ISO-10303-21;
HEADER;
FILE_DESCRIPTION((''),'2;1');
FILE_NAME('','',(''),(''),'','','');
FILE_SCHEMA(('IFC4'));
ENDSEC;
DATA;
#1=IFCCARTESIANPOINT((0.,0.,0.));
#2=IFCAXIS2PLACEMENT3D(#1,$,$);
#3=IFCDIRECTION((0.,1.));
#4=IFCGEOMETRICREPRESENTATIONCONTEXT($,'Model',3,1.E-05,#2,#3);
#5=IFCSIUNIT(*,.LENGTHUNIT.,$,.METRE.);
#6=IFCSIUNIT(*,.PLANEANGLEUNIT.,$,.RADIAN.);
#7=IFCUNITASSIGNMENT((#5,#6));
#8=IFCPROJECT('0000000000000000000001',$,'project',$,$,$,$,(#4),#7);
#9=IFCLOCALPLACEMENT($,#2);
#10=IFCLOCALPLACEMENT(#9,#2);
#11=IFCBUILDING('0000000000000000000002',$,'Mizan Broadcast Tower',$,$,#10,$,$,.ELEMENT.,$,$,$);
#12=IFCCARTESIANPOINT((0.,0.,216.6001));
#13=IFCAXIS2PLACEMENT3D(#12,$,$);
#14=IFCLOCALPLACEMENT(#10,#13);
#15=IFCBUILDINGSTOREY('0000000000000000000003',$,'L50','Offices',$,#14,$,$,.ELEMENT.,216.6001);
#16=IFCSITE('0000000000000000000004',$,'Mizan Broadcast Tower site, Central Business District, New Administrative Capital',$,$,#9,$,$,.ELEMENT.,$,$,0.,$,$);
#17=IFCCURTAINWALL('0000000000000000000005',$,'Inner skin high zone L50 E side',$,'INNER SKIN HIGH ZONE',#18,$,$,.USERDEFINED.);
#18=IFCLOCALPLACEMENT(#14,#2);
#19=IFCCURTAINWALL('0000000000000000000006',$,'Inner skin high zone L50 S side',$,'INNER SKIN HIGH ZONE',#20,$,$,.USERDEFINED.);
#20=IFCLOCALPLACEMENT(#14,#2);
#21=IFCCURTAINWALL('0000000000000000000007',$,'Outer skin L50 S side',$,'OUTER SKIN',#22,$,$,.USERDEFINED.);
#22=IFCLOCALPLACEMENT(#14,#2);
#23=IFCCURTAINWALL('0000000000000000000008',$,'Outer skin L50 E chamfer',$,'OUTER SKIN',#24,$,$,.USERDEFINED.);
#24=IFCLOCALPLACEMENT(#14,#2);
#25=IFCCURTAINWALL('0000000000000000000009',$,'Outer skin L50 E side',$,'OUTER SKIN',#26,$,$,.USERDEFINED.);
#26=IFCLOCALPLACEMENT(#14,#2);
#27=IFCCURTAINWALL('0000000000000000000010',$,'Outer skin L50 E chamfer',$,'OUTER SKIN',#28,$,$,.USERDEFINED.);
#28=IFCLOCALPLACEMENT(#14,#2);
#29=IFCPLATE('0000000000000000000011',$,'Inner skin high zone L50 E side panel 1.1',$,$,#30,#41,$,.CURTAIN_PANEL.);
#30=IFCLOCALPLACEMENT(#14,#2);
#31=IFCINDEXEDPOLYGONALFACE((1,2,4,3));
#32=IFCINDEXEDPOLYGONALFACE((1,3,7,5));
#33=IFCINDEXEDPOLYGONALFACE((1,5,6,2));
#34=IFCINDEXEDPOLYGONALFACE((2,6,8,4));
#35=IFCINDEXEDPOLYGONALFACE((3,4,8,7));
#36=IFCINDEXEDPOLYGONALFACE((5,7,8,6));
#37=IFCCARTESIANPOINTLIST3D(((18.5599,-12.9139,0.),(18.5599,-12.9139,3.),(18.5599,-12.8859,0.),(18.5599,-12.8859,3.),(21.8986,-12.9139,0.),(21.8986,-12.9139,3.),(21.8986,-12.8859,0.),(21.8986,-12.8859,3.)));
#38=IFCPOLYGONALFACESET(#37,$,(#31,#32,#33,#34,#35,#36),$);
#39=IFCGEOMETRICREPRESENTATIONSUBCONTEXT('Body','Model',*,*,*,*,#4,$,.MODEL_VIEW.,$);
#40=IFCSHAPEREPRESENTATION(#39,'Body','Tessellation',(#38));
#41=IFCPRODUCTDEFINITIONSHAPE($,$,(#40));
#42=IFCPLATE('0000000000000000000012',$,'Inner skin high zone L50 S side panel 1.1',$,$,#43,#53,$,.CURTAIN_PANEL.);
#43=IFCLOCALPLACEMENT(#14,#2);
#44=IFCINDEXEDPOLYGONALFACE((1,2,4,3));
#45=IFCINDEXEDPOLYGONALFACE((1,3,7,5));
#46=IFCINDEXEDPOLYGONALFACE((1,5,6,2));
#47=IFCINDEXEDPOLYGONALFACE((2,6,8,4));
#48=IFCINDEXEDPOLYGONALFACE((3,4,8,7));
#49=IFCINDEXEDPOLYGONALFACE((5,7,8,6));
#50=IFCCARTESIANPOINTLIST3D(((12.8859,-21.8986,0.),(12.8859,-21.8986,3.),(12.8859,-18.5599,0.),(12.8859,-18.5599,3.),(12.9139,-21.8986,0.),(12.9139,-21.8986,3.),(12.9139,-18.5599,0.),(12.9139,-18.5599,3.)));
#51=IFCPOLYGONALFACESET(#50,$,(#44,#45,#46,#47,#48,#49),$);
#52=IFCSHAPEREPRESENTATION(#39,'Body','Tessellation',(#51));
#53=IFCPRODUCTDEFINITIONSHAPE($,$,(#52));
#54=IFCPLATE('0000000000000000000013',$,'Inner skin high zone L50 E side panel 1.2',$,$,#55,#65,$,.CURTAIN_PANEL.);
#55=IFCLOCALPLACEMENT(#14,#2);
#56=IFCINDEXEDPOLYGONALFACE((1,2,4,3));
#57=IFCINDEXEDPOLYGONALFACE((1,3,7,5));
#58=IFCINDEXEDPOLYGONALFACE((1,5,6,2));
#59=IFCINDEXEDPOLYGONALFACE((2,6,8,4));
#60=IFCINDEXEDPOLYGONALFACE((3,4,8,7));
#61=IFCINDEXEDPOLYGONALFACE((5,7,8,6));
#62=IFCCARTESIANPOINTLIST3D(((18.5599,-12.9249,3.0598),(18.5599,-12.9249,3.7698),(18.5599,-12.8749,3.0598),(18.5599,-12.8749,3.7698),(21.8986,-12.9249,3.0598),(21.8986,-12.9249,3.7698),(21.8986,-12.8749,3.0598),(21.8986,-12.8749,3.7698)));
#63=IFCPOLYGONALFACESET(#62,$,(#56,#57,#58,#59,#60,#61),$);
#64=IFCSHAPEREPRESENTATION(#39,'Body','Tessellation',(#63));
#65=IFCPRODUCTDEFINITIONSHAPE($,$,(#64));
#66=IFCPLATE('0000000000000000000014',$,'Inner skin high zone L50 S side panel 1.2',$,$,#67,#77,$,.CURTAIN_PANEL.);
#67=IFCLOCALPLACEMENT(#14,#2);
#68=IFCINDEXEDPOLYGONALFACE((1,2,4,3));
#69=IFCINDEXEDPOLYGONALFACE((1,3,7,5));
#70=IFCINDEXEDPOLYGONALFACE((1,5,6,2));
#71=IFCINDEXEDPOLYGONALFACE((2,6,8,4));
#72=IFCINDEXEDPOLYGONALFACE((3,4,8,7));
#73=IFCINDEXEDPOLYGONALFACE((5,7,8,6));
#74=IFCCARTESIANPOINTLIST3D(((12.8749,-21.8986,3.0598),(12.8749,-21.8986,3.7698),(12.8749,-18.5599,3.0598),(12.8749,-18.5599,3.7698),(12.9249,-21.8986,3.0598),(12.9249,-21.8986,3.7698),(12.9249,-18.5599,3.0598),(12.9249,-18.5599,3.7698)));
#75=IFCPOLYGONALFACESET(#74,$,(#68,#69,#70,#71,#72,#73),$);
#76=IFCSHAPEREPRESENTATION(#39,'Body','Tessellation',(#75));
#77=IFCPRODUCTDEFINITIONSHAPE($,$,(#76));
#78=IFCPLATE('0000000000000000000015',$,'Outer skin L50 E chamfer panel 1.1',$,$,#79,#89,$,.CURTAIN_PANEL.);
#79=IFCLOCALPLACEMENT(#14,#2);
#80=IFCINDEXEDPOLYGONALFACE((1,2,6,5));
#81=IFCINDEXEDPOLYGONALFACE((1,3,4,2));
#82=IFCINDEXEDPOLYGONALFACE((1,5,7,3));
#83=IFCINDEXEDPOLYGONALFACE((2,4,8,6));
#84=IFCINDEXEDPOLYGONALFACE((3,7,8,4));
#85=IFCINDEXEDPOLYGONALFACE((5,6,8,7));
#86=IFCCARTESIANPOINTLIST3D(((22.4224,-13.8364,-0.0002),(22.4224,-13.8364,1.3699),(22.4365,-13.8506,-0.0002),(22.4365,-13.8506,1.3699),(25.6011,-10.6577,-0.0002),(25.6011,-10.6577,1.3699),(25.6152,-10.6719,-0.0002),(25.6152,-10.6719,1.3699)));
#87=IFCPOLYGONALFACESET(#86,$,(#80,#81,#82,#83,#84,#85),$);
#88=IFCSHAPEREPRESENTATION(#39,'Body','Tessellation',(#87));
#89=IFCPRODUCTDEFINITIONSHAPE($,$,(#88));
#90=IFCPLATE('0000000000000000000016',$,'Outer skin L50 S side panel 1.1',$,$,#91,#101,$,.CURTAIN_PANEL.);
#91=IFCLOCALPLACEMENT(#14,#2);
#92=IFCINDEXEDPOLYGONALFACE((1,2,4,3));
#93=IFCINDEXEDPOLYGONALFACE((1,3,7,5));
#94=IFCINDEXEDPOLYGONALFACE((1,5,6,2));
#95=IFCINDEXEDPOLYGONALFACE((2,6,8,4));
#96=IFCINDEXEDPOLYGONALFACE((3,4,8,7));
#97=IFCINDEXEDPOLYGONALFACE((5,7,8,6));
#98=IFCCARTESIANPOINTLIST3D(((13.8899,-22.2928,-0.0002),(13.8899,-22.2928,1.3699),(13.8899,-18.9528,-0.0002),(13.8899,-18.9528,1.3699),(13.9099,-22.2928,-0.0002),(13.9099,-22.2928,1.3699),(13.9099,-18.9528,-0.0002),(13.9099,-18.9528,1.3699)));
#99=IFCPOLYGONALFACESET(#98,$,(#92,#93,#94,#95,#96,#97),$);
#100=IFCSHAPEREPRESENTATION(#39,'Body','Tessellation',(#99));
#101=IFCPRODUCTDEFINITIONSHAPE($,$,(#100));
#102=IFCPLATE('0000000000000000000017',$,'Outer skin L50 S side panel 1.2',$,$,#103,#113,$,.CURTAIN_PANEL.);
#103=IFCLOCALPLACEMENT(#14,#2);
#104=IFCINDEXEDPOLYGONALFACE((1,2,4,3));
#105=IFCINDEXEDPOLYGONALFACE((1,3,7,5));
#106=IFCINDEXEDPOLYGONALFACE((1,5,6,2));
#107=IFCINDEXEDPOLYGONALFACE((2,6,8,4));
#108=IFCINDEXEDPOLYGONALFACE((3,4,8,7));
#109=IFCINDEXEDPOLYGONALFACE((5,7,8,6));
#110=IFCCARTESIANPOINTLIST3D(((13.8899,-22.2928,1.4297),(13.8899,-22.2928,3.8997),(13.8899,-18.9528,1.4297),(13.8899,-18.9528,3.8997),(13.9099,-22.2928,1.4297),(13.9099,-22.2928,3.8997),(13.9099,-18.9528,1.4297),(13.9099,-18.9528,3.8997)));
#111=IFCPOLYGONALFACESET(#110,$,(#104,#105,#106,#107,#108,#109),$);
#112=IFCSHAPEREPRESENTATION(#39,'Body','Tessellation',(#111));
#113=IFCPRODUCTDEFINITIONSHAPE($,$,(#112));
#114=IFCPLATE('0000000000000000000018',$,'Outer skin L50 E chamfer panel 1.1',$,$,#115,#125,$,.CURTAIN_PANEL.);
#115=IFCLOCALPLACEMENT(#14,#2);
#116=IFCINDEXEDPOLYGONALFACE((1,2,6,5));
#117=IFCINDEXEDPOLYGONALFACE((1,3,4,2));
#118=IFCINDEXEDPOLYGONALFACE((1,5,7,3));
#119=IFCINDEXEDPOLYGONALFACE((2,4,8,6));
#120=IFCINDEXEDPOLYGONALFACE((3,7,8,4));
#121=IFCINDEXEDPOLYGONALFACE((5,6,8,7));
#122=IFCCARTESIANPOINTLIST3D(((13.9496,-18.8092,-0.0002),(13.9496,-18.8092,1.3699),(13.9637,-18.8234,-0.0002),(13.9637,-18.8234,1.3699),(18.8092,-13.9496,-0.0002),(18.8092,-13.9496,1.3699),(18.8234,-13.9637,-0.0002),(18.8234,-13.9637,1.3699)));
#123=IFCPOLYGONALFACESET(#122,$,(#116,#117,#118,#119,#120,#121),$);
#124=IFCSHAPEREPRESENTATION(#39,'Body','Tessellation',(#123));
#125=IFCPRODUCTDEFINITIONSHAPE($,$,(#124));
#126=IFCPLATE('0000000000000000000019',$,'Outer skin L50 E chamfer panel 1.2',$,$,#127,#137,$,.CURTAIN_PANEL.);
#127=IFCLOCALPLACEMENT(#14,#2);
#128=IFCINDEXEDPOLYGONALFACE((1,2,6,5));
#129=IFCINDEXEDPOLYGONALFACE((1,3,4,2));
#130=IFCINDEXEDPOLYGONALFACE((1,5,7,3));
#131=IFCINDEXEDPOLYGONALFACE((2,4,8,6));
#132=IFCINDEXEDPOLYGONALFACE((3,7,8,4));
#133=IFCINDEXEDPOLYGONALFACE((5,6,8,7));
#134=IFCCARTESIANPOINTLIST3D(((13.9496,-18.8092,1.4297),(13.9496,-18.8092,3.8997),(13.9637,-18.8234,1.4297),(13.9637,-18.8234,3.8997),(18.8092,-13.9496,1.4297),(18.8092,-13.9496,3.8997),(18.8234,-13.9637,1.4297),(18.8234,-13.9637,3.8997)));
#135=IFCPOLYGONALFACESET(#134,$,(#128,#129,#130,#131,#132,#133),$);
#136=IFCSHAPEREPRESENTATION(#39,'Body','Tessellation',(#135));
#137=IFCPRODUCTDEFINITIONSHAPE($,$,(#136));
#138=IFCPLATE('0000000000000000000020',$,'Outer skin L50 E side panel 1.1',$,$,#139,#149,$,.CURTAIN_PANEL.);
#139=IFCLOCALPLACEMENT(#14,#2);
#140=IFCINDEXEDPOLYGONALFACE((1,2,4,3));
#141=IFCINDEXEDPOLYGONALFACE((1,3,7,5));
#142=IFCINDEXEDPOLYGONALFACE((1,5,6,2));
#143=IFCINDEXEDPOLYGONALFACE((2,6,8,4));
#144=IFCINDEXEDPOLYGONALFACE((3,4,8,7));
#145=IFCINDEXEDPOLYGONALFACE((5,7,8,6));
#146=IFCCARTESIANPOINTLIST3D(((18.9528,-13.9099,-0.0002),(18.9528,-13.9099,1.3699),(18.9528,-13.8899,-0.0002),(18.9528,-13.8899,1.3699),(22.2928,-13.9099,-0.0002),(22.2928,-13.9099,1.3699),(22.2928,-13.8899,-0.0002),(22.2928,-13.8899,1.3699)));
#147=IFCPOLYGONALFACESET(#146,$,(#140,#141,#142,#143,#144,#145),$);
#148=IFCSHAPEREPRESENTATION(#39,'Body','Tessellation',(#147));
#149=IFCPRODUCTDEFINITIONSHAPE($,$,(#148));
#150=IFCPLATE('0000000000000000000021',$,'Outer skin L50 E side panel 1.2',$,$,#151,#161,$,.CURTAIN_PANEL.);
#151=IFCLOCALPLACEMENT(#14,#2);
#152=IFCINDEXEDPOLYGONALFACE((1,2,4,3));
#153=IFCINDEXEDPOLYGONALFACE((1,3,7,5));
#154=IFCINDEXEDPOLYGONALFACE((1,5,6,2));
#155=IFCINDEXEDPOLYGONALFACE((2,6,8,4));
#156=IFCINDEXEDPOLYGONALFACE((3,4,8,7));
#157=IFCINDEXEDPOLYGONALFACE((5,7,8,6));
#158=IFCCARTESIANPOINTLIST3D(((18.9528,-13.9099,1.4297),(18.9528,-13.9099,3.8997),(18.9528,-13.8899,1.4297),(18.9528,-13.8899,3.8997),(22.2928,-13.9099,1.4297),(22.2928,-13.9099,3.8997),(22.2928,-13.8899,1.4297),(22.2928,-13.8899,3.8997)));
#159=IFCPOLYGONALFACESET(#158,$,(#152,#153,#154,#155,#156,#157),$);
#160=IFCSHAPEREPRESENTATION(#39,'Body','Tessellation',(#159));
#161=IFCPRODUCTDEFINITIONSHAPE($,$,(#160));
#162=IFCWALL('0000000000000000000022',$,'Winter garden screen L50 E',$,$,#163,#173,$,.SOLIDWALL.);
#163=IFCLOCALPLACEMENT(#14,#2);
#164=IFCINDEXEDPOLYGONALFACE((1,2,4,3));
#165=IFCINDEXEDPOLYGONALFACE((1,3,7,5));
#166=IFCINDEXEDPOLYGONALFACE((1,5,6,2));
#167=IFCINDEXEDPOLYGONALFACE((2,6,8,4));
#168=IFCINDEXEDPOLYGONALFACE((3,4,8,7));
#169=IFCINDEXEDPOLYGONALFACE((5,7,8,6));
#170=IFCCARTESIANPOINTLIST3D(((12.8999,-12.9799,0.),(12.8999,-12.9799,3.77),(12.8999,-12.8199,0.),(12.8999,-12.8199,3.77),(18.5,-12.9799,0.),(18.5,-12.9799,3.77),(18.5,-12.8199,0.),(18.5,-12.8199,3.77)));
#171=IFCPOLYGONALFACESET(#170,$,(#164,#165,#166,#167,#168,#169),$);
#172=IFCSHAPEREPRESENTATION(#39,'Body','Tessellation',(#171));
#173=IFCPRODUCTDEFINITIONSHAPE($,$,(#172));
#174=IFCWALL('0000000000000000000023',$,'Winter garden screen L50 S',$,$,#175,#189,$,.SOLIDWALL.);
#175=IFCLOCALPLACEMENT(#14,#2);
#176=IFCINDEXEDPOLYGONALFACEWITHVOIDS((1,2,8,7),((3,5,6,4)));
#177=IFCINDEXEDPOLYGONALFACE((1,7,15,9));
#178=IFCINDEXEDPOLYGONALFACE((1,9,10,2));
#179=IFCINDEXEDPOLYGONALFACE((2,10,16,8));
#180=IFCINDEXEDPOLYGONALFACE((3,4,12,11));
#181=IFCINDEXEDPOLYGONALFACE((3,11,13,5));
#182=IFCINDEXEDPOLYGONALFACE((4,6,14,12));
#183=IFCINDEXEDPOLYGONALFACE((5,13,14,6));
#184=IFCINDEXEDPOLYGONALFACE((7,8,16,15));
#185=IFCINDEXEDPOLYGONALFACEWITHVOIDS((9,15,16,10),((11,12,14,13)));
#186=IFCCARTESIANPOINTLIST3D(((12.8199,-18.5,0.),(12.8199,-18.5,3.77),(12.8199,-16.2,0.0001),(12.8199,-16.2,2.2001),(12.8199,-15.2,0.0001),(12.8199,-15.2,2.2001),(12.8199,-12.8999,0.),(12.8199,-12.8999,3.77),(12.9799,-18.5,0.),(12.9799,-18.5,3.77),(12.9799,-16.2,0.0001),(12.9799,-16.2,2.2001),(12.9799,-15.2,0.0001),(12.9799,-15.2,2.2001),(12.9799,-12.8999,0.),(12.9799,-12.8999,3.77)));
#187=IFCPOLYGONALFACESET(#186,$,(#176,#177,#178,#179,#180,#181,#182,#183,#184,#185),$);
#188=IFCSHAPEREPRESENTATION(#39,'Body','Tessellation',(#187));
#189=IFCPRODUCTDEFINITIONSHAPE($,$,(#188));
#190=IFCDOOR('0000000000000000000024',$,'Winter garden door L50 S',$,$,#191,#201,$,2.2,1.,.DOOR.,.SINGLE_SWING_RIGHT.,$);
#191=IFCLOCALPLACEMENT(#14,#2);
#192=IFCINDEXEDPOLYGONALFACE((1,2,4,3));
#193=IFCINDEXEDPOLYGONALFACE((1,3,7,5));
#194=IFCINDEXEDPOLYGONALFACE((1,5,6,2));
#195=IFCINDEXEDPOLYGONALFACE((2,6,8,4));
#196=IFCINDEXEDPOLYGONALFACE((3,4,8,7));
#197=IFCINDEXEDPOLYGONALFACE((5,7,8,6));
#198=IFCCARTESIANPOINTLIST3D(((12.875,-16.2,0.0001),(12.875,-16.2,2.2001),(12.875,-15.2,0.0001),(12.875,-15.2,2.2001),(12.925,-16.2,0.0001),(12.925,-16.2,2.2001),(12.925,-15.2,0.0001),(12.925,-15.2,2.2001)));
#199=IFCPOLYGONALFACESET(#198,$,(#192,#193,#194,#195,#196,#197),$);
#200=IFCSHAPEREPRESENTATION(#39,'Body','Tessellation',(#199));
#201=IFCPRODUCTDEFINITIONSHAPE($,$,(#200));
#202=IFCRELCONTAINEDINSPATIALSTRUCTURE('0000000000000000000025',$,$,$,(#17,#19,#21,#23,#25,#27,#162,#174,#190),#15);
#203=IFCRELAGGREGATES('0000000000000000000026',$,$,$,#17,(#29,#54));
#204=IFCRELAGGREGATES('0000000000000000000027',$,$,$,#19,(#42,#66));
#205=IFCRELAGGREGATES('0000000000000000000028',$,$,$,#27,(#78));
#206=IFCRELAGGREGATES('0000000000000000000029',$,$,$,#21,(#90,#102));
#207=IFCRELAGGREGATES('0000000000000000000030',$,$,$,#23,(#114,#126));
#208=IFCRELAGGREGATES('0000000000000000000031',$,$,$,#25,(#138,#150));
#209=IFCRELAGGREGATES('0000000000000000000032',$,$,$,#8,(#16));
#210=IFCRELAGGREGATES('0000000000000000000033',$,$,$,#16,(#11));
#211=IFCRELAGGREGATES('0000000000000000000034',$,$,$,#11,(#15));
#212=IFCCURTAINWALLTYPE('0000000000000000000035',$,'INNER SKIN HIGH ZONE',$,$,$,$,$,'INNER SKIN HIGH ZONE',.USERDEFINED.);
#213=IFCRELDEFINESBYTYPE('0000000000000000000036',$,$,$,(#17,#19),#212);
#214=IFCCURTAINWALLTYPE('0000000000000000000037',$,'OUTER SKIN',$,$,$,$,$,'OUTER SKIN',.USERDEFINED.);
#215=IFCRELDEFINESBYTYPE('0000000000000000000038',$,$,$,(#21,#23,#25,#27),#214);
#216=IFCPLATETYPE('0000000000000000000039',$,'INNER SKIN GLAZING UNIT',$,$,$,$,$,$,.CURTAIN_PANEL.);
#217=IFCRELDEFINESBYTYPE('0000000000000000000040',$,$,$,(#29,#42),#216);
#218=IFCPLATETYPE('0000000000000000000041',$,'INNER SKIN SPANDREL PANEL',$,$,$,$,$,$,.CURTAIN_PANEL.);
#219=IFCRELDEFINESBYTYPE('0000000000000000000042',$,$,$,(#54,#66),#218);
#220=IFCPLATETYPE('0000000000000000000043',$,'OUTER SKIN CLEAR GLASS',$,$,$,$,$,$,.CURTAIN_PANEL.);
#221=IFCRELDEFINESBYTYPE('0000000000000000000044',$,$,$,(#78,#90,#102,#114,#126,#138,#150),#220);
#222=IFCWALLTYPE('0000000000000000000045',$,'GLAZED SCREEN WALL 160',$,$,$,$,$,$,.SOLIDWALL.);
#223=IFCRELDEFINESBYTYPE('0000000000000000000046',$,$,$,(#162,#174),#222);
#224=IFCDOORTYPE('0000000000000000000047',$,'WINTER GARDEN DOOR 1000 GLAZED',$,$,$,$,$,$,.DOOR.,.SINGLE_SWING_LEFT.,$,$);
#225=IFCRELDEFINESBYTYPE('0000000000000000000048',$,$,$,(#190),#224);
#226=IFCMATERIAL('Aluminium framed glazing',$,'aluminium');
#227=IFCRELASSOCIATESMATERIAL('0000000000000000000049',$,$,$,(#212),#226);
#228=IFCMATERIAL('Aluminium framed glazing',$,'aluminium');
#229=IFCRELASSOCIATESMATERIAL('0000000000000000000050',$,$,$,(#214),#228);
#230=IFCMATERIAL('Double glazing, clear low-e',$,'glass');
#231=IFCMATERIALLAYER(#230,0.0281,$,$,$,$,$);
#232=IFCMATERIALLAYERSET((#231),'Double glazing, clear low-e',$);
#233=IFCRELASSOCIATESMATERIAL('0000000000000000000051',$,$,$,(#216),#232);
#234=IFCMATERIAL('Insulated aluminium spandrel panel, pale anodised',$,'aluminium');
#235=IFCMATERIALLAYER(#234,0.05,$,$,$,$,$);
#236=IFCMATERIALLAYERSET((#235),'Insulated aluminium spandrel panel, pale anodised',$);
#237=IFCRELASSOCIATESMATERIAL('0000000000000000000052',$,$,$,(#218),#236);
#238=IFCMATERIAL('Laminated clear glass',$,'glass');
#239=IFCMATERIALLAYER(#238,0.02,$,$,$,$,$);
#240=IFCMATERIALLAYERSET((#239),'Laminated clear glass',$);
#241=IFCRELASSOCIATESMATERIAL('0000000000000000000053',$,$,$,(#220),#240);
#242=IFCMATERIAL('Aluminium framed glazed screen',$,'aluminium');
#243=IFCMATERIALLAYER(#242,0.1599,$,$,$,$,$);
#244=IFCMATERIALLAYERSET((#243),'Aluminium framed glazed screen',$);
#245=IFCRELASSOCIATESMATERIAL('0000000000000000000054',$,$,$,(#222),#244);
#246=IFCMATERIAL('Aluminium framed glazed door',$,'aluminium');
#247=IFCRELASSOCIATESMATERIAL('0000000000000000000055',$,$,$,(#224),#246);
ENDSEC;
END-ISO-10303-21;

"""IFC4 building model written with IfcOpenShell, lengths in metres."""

from ifc_helpers import new_model, si_unit, direction, frame, frame_2d, origin, origin_2d, place, context, subcontext, project, spatial, rectangle, extrude, material, layer, layer_set, type_object, element, fill, aggregate, save


model = new_model("IFC4")

# Units and contexts
model_context = context("Model", 3, precision=1e-05, world=origin(), true_north=direction((0.0, 1.0)))
body_context = subcontext(model_context, "Body", "Model", "MODEL_VIEW")
ifc_project = project(units=[si_unit("LENGTHUNIT", "METRE"), si_unit("PLANEANGLEUNIT", "RADIAN")], contexts=[model_context])

# Site, building, storey
site_placement = place(None, origin())
site = spatial("IfcSite", under=ifc_project, at=site_placement, Name="Mizan Broadcast Tower site, Central Business District, New Administrative Capital", CompositionType="ELEMENT", RefElevation=0.0)
building_placement = place(site_placement, origin())
building = spatial("IfcBuilding", under=site, at=building_placement, Name="Mizan Broadcast Tower", CompositionType="ELEMENT")
storey_placement = place(building_placement, frame((0.0, 0.0, 216.6001)))
storey = spatial("IfcBuildingStorey", under=building, at=storey_placement, Name="L50", Description="Offices", CompositionType="ELEMENT", Elevation=216.6001)

# Curtain walls
ifc_material_1 = material(Name="Aluminium framed glazing", Category="aluminium")
curtain_wall_type_1 = type_object("IfcCurtainWallType", Name="INNER SKIN HIGH ZONE", ElementType="INNER SKIN HIGH ZONE", PredefinedType="USERDEFINED", material=ifc_material_1)
curtain_wall_1_placement = place(storey_placement, origin())
curtain_wall_1 = element("IfcCurtainWall", 1, at=curtain_wall_1_placement, inside=storey, type_object=curtain_wall_type_1, Name="Inner skin high zone L50 E side", ObjectType="INNER SKIN HIGH ZONE", PredefinedType="USERDEFINED")
curtain_wall_2_placement = place(storey_placement, origin())
curtain_wall_2 = element("IfcCurtainWall", 2, at=curtain_wall_2_placement, inside=storey, type_object=curtain_wall_type_1, Name="Inner skin high zone L50 S side", ObjectType="INNER SKIN HIGH ZONE", PredefinedType="USERDEFINED")

# Curtain walls
ifc_material_2 = material(Name="Aluminium framed glazing", Category="aluminium")
curtain_wall_type_2 = type_object("IfcCurtainWallType", Name="OUTER SKIN", ElementType="OUTER SKIN", PredefinedType="USERDEFINED", material=ifc_material_2)
curtain_wall_3_placement = place(storey_placement, origin())
curtain_wall_3 = element("IfcCurtainWall", 3, at=curtain_wall_3_placement, inside=storey, type_object=curtain_wall_type_2, Name="Outer skin L50 S side", ObjectType="OUTER SKIN", PredefinedType="USERDEFINED")
curtain_wall_4_placement = place(storey_placement, origin())
curtain_wall_4 = element("IfcCurtainWall", 4, at=curtain_wall_4_placement, inside=storey, type_object=curtain_wall_type_2, Name="Outer skin L50 E chamfer", ObjectType="OUTER SKIN", PredefinedType="USERDEFINED")
curtain_wall_5_placement = place(storey_placement, origin())
curtain_wall_5 = element("IfcCurtainWall", 5, at=curtain_wall_5_placement, inside=storey, type_object=curtain_wall_type_2, Name="Outer skin L50 E side", ObjectType="OUTER SKIN", PredefinedType="USERDEFINED")
curtain_wall_6_placement = place(storey_placement, origin())
curtain_wall_6 = element("IfcCurtainWall", 6, at=curtain_wall_6_placement, inside=storey, type_object=curtain_wall_type_2, Name="Outer skin L50 E chamfer", ObjectType="OUTER SKIN", PredefinedType="USERDEFINED")

# Plates
ifc_material_3 = material(Name="Double glazing, clear low-e", Category="glass")
ifc_layer_1 = layer(ifc_material_3, 0.0281)
ifc_layer_set_1 = layer_set([ifc_layer_1], Name="Double glazing, clear low-e")
plate_type_1 = type_object("IfcPlateType", Name="INNER SKIN GLAZING UNIT", PredefinedType="CURTAIN_PANEL", material=ifc_layer_set_1)
plate_1_placement = place(storey_placement, frame((20.2292, -12.8999, 0.0), z_axis=(0.0, 0.0, 1.0), x_axis=(1.0, 0.0, 0.0)))
plate_1 = element("IfcPlate", 7, at=plate_1_placement, type_object=plate_type_1, Name="Inner skin high zone L50 E side panel 1.1", PredefinedType="CURTAIN_PANEL", context=body_context, shape_type="SweptSolid", body=[
    extrude(rectangle(XDim=3.3386, YDim=0.0281, at=origin_2d()), origin(), (0.0, 0.0, 1.0), 3.0),
])
plate_2_placement = place(storey_placement, frame((12.8999, -20.2292, 0.0), z_axis=(0.0, 0.0, 1.0), x_axis=(0.0, 1.0, 0.0)))
plate_2 = element("IfcPlate", 8, at=plate_2_placement, type_object=plate_type_1, Name="Inner skin high zone L50 S side panel 1.1", PredefinedType="CURTAIN_PANEL", context=body_context, shape_type="SweptSolid", body=[
    extrude(rectangle(XDim=3.3386, YDim=0.0281, at=origin_2d()), origin(), (0.0, 0.0, 1.0), 3.0),
])
ifc_material_4 = material(Name="Insulated aluminium spandrel panel, pale anodised", Category="aluminium")
ifc_layer_2 = layer(ifc_material_4, 0.05)
ifc_layer_set_2 = layer_set([ifc_layer_2], Name="Insulated aluminium spandrel panel, pale anodised")
plate_type_2 = type_object("IfcPlateType", Name="INNER SKIN SPANDREL PANEL", PredefinedType="CURTAIN_PANEL", material=ifc_layer_set_2)
plate_3_placement = place(storey_placement, frame((20.2292, -12.8999, 3.0598), z_axis=(0.0, 0.0, 1.0), x_axis=(1.0, 0.0, 0.0)))
plate_3 = element("IfcPlate", 9, at=plate_3_placement, type_object=plate_type_2, Name="Inner skin high zone L50 E side panel 1.2", PredefinedType="CURTAIN_PANEL", context=body_context, shape_type="SweptSolid", body=[
    extrude(rectangle(XDim=3.3386, YDim=0.05, at=origin_2d()), origin(), (0.0, 0.0, 1.0), 0.71),
])
aggregate(curtain_wall_1, [plate_1, plate_3])
plate_4_placement = place(storey_placement, frame((12.8999, -20.2292, 3.0598), z_axis=(0.0, 0.0, 1.0), x_axis=(0.0, 1.0, 0.0)))
plate_4 = element("IfcPlate", 10, at=plate_4_placement, type_object=plate_type_2, Name="Inner skin high zone L50 S side panel 1.2", PredefinedType="CURTAIN_PANEL", context=body_context, shape_type="SweptSolid", body=[
    extrude(rectangle(XDim=3.3386, YDim=0.05, at=origin_2d()), origin(), (0.0, 0.0, 1.0), 0.71),
])
aggregate(curtain_wall_2, [plate_2, plate_4])
ifc_material_5 = material(Name="Laminated clear glass", Category="glass")
ifc_layer_3 = layer(ifc_material_5, 0.02)
ifc_layer_set_3 = layer_set([ifc_layer_3], Name="Laminated clear glass")
plate_type_3 = type_object("IfcPlateType", Name="OUTER SKIN CLEAR GLASS", PredefinedType="CURTAIN_PANEL", material=ifc_layer_set_3)
plate_5_placement = place(storey_placement, frame((24.0188, -12.2542, -0.0002), z_axis=(0.0, 0.0, 1.0), x_axis=(0.707107, 0.707107, 0.0)))
plate_5 = element("IfcPlate", 11, at=plate_5_placement, type_object=plate_type_3, Name="Outer skin L50 E chamfer panel 1.1", PredefinedType="CURTAIN_PANEL", context=body_context, shape_type="SweptSolid", body=[
    extrude(rectangle(XDim=4.4954, YDim=0.02, at=origin_2d()), origin(), (0.0, 0.0, 1.0), 1.3701),
])
aggregate(curtain_wall_6, [plate_5])
plate_6_placement = place(storey_placement, frame((13.8999, -20.6228, -0.0002), z_axis=(0.0, 0.0, 1.0), x_axis=(0.0, 1.0, 0.0)))
plate_6 = element("IfcPlate", 12, at=plate_6_placement, type_object=plate_type_3, Name="Outer skin L50 S side panel 1.1", PredefinedType="CURTAIN_PANEL", context=body_context, shape_type="SweptSolid", body=[
    extrude(rectangle(XDim=3.3401, YDim=0.02, at=origin_2d()), origin(), (0.0, 0.0, 1.0), 1.3701),
])
plate_7_placement = place(storey_placement, frame((13.8999, -20.6228, 1.4297), z_axis=(0.0, 0.0, 1.0), x_axis=(0.0, 1.0, 0.0)))
plate_7 = element("IfcPlate", 13, at=plate_7_placement, type_object=plate_type_3, Name="Outer skin L50 S side panel 1.2", PredefinedType="CURTAIN_PANEL", context=body_context, shape_type="SweptSolid", body=[
    extrude(rectangle(XDim=3.3401, YDim=0.02, at=origin_2d()), origin(), (0.0, 0.0, 1.0), 2.47),
])
aggregate(curtain_wall_3, [plate_6, plate_7])
plate_8_placement = place(storey_placement, frame((16.3865, -16.3865, -0.0002), z_axis=(0.0, 0.0, 1.0), x_axis=(0.707107, 0.707107, 0.0)))
plate_8 = element("IfcPlate", 14, at=plate_8_placement, type_object=plate_type_3, Name="Outer skin L50 E chamfer panel 1.1", PredefinedType="CURTAIN_PANEL", context=body_context, shape_type="SweptSolid", body=[
    extrude(rectangle(XDim=6.8726, YDim=0.02, at=origin_2d()), origin(), (0.0, 0.0, 1.0), 1.3701),
])
plate_9_placement = place(storey_placement, frame((16.3865, -16.3865, 1.4297), z_axis=(0.0, 0.0, 1.0), x_axis=(0.707107, 0.707107, 0.0)))
plate_9 = element("IfcPlate", 15, at=plate_9_placement, type_object=plate_type_3, Name="Outer skin L50 E chamfer panel 1.2", PredefinedType="CURTAIN_PANEL", context=body_context, shape_type="SweptSolid", body=[
    extrude(rectangle(XDim=6.8726, YDim=0.02, at=origin_2d()), origin(), (0.0, 0.0, 1.0), 2.47),
])
aggregate(curtain_wall_4, [plate_8, plate_9])
plate_10_placement = place(storey_placement, frame((20.6228, -13.8999, -0.0002), z_axis=(0.0, 0.0, 1.0), x_axis=(1.0, 0.0, 0.0)))
plate_10 = element("IfcPlate", 16, at=plate_10_placement, type_object=plate_type_3, Name="Outer skin L50 E side panel 1.1", PredefinedType="CURTAIN_PANEL", context=body_context, shape_type="SweptSolid", body=[
    extrude(rectangle(XDim=3.3401, YDim=0.02, at=origin_2d()), origin(), (0.0, 0.0, 1.0), 1.3701),
])
plate_11_placement = place(storey_placement, frame((20.6228, -13.8999, 1.4297), z_axis=(0.0, 0.0, 1.0), x_axis=(1.0, 0.0, 0.0)))
plate_11 = element("IfcPlate", 17, at=plate_11_placement, type_object=plate_type_3, Name="Outer skin L50 E side panel 1.2", PredefinedType="CURTAIN_PANEL", context=body_context, shape_type="SweptSolid", body=[
    extrude(rectangle(XDim=3.3401, YDim=0.02, at=origin_2d()), origin(), (0.0, 0.0, 1.0), 2.47),
])
aggregate(curtain_wall_5, [plate_10, plate_11])

# Wall
ifc_material_6 = material(Name="Aluminium framed glazed screen", Category="aluminium")
ifc_layer_4 = layer(ifc_material_6, 0.1599)
ifc_layer_set_4 = layer_set([ifc_layer_4], Name="Aluminium framed glazed screen")
wall_type = type_object("IfcWallType", Name="GLAZED SCREEN WALL 160", PredefinedType="SOLIDWALL", material=ifc_layer_set_4)
wall_1_placement = place(storey_placement, frame((12.8999, -12.8999, 0.0), z_axis=(0.0, 0.0, 1.0), x_axis=(1.0, 0.0, 0.0)))
element("IfcWall", 18, at=wall_1_placement, inside=storey, type_object=wall_type, Name="Winter garden screen L50 E", PredefinedType="SOLIDWALL", context=body_context, shape_type="SweptSolid", body=[
    extrude(rectangle(XDim=5.6001, YDim=0.1599, at=frame_2d((2.8, 0.0))), origin(), (0.0, 0.0, 1.0), 3.77),
])

# Wall, opening, door
wall_2_placement = place(storey_placement, frame((12.8999, -18.5, 0.0), z_axis=(0.0, 0.0, 1.0), x_axis=(0.0, 1.0, 0.0)))
wall_2 = element("IfcWall", 19, at=wall_2_placement, inside=storey, type_object=wall_type, Name="Winter garden screen L50 S", PredefinedType="SOLIDWALL", context=body_context, shape_type="SweptSolid", body=[
    extrude(rectangle(XDim=5.6001, YDim=0.1599, at=frame_2d((2.8, 0.0))), origin(), (0.0, 0.0, 1.0), 3.77),
])
opening_placement = place(wall_2_placement, frame((2.3, 0.0, 0.0)))
opening = element("IfcOpeningElement", 20, at=opening_placement, cuts=wall_2, PredefinedType="OPENING", context=body_context, shape_type="SweptSolid", body=[
    extrude(rectangle(XDim=1.0, YDim=2.2, at=frame_2d((0.5, 1.1001))), frame((0.0, 0.0898, 0.0), z_axis=(0.0, -1.0, 0.0), x_axis=(1.0, 0.0, 0.0)), (0.0, 0.0, 1.0), 0.1799),
])
ifc_material_7 = material(Name="Aluminium framed glazed door", Category="aluminium")
door_type = type_object("IfcDoorType", Name="WINTER GARDEN DOOR 1000 GLAZED", OperationType="SINGLE_SWING_LEFT", PredefinedType="DOOR", material=ifc_material_7)
door_placement = place(opening_placement, origin())
door = element("IfcDoor", 21, at=door_placement, inside=storey, type_object=door_type, Name="Winter garden door L50 S", OperationType="SINGLE_SWING_RIGHT", OverallHeight=2.2, OverallWidth=1.0, PredefinedType="DOOR", context=body_context, shape_type="SweptSolid", body=[
    extrude(rectangle(XDim=1.0, YDim=2.2, at=frame_2d((0.5, 1.1001))), frame((0.0, 0.0249, 0.0), z_axis=(0.0, -1.0, 0.0), x_axis=(1.0, 0.0, 0.0)), (0.0, 0.0, 1.0), 0.05),
])
fill(opening, door)

save(model, "model.ifc")
